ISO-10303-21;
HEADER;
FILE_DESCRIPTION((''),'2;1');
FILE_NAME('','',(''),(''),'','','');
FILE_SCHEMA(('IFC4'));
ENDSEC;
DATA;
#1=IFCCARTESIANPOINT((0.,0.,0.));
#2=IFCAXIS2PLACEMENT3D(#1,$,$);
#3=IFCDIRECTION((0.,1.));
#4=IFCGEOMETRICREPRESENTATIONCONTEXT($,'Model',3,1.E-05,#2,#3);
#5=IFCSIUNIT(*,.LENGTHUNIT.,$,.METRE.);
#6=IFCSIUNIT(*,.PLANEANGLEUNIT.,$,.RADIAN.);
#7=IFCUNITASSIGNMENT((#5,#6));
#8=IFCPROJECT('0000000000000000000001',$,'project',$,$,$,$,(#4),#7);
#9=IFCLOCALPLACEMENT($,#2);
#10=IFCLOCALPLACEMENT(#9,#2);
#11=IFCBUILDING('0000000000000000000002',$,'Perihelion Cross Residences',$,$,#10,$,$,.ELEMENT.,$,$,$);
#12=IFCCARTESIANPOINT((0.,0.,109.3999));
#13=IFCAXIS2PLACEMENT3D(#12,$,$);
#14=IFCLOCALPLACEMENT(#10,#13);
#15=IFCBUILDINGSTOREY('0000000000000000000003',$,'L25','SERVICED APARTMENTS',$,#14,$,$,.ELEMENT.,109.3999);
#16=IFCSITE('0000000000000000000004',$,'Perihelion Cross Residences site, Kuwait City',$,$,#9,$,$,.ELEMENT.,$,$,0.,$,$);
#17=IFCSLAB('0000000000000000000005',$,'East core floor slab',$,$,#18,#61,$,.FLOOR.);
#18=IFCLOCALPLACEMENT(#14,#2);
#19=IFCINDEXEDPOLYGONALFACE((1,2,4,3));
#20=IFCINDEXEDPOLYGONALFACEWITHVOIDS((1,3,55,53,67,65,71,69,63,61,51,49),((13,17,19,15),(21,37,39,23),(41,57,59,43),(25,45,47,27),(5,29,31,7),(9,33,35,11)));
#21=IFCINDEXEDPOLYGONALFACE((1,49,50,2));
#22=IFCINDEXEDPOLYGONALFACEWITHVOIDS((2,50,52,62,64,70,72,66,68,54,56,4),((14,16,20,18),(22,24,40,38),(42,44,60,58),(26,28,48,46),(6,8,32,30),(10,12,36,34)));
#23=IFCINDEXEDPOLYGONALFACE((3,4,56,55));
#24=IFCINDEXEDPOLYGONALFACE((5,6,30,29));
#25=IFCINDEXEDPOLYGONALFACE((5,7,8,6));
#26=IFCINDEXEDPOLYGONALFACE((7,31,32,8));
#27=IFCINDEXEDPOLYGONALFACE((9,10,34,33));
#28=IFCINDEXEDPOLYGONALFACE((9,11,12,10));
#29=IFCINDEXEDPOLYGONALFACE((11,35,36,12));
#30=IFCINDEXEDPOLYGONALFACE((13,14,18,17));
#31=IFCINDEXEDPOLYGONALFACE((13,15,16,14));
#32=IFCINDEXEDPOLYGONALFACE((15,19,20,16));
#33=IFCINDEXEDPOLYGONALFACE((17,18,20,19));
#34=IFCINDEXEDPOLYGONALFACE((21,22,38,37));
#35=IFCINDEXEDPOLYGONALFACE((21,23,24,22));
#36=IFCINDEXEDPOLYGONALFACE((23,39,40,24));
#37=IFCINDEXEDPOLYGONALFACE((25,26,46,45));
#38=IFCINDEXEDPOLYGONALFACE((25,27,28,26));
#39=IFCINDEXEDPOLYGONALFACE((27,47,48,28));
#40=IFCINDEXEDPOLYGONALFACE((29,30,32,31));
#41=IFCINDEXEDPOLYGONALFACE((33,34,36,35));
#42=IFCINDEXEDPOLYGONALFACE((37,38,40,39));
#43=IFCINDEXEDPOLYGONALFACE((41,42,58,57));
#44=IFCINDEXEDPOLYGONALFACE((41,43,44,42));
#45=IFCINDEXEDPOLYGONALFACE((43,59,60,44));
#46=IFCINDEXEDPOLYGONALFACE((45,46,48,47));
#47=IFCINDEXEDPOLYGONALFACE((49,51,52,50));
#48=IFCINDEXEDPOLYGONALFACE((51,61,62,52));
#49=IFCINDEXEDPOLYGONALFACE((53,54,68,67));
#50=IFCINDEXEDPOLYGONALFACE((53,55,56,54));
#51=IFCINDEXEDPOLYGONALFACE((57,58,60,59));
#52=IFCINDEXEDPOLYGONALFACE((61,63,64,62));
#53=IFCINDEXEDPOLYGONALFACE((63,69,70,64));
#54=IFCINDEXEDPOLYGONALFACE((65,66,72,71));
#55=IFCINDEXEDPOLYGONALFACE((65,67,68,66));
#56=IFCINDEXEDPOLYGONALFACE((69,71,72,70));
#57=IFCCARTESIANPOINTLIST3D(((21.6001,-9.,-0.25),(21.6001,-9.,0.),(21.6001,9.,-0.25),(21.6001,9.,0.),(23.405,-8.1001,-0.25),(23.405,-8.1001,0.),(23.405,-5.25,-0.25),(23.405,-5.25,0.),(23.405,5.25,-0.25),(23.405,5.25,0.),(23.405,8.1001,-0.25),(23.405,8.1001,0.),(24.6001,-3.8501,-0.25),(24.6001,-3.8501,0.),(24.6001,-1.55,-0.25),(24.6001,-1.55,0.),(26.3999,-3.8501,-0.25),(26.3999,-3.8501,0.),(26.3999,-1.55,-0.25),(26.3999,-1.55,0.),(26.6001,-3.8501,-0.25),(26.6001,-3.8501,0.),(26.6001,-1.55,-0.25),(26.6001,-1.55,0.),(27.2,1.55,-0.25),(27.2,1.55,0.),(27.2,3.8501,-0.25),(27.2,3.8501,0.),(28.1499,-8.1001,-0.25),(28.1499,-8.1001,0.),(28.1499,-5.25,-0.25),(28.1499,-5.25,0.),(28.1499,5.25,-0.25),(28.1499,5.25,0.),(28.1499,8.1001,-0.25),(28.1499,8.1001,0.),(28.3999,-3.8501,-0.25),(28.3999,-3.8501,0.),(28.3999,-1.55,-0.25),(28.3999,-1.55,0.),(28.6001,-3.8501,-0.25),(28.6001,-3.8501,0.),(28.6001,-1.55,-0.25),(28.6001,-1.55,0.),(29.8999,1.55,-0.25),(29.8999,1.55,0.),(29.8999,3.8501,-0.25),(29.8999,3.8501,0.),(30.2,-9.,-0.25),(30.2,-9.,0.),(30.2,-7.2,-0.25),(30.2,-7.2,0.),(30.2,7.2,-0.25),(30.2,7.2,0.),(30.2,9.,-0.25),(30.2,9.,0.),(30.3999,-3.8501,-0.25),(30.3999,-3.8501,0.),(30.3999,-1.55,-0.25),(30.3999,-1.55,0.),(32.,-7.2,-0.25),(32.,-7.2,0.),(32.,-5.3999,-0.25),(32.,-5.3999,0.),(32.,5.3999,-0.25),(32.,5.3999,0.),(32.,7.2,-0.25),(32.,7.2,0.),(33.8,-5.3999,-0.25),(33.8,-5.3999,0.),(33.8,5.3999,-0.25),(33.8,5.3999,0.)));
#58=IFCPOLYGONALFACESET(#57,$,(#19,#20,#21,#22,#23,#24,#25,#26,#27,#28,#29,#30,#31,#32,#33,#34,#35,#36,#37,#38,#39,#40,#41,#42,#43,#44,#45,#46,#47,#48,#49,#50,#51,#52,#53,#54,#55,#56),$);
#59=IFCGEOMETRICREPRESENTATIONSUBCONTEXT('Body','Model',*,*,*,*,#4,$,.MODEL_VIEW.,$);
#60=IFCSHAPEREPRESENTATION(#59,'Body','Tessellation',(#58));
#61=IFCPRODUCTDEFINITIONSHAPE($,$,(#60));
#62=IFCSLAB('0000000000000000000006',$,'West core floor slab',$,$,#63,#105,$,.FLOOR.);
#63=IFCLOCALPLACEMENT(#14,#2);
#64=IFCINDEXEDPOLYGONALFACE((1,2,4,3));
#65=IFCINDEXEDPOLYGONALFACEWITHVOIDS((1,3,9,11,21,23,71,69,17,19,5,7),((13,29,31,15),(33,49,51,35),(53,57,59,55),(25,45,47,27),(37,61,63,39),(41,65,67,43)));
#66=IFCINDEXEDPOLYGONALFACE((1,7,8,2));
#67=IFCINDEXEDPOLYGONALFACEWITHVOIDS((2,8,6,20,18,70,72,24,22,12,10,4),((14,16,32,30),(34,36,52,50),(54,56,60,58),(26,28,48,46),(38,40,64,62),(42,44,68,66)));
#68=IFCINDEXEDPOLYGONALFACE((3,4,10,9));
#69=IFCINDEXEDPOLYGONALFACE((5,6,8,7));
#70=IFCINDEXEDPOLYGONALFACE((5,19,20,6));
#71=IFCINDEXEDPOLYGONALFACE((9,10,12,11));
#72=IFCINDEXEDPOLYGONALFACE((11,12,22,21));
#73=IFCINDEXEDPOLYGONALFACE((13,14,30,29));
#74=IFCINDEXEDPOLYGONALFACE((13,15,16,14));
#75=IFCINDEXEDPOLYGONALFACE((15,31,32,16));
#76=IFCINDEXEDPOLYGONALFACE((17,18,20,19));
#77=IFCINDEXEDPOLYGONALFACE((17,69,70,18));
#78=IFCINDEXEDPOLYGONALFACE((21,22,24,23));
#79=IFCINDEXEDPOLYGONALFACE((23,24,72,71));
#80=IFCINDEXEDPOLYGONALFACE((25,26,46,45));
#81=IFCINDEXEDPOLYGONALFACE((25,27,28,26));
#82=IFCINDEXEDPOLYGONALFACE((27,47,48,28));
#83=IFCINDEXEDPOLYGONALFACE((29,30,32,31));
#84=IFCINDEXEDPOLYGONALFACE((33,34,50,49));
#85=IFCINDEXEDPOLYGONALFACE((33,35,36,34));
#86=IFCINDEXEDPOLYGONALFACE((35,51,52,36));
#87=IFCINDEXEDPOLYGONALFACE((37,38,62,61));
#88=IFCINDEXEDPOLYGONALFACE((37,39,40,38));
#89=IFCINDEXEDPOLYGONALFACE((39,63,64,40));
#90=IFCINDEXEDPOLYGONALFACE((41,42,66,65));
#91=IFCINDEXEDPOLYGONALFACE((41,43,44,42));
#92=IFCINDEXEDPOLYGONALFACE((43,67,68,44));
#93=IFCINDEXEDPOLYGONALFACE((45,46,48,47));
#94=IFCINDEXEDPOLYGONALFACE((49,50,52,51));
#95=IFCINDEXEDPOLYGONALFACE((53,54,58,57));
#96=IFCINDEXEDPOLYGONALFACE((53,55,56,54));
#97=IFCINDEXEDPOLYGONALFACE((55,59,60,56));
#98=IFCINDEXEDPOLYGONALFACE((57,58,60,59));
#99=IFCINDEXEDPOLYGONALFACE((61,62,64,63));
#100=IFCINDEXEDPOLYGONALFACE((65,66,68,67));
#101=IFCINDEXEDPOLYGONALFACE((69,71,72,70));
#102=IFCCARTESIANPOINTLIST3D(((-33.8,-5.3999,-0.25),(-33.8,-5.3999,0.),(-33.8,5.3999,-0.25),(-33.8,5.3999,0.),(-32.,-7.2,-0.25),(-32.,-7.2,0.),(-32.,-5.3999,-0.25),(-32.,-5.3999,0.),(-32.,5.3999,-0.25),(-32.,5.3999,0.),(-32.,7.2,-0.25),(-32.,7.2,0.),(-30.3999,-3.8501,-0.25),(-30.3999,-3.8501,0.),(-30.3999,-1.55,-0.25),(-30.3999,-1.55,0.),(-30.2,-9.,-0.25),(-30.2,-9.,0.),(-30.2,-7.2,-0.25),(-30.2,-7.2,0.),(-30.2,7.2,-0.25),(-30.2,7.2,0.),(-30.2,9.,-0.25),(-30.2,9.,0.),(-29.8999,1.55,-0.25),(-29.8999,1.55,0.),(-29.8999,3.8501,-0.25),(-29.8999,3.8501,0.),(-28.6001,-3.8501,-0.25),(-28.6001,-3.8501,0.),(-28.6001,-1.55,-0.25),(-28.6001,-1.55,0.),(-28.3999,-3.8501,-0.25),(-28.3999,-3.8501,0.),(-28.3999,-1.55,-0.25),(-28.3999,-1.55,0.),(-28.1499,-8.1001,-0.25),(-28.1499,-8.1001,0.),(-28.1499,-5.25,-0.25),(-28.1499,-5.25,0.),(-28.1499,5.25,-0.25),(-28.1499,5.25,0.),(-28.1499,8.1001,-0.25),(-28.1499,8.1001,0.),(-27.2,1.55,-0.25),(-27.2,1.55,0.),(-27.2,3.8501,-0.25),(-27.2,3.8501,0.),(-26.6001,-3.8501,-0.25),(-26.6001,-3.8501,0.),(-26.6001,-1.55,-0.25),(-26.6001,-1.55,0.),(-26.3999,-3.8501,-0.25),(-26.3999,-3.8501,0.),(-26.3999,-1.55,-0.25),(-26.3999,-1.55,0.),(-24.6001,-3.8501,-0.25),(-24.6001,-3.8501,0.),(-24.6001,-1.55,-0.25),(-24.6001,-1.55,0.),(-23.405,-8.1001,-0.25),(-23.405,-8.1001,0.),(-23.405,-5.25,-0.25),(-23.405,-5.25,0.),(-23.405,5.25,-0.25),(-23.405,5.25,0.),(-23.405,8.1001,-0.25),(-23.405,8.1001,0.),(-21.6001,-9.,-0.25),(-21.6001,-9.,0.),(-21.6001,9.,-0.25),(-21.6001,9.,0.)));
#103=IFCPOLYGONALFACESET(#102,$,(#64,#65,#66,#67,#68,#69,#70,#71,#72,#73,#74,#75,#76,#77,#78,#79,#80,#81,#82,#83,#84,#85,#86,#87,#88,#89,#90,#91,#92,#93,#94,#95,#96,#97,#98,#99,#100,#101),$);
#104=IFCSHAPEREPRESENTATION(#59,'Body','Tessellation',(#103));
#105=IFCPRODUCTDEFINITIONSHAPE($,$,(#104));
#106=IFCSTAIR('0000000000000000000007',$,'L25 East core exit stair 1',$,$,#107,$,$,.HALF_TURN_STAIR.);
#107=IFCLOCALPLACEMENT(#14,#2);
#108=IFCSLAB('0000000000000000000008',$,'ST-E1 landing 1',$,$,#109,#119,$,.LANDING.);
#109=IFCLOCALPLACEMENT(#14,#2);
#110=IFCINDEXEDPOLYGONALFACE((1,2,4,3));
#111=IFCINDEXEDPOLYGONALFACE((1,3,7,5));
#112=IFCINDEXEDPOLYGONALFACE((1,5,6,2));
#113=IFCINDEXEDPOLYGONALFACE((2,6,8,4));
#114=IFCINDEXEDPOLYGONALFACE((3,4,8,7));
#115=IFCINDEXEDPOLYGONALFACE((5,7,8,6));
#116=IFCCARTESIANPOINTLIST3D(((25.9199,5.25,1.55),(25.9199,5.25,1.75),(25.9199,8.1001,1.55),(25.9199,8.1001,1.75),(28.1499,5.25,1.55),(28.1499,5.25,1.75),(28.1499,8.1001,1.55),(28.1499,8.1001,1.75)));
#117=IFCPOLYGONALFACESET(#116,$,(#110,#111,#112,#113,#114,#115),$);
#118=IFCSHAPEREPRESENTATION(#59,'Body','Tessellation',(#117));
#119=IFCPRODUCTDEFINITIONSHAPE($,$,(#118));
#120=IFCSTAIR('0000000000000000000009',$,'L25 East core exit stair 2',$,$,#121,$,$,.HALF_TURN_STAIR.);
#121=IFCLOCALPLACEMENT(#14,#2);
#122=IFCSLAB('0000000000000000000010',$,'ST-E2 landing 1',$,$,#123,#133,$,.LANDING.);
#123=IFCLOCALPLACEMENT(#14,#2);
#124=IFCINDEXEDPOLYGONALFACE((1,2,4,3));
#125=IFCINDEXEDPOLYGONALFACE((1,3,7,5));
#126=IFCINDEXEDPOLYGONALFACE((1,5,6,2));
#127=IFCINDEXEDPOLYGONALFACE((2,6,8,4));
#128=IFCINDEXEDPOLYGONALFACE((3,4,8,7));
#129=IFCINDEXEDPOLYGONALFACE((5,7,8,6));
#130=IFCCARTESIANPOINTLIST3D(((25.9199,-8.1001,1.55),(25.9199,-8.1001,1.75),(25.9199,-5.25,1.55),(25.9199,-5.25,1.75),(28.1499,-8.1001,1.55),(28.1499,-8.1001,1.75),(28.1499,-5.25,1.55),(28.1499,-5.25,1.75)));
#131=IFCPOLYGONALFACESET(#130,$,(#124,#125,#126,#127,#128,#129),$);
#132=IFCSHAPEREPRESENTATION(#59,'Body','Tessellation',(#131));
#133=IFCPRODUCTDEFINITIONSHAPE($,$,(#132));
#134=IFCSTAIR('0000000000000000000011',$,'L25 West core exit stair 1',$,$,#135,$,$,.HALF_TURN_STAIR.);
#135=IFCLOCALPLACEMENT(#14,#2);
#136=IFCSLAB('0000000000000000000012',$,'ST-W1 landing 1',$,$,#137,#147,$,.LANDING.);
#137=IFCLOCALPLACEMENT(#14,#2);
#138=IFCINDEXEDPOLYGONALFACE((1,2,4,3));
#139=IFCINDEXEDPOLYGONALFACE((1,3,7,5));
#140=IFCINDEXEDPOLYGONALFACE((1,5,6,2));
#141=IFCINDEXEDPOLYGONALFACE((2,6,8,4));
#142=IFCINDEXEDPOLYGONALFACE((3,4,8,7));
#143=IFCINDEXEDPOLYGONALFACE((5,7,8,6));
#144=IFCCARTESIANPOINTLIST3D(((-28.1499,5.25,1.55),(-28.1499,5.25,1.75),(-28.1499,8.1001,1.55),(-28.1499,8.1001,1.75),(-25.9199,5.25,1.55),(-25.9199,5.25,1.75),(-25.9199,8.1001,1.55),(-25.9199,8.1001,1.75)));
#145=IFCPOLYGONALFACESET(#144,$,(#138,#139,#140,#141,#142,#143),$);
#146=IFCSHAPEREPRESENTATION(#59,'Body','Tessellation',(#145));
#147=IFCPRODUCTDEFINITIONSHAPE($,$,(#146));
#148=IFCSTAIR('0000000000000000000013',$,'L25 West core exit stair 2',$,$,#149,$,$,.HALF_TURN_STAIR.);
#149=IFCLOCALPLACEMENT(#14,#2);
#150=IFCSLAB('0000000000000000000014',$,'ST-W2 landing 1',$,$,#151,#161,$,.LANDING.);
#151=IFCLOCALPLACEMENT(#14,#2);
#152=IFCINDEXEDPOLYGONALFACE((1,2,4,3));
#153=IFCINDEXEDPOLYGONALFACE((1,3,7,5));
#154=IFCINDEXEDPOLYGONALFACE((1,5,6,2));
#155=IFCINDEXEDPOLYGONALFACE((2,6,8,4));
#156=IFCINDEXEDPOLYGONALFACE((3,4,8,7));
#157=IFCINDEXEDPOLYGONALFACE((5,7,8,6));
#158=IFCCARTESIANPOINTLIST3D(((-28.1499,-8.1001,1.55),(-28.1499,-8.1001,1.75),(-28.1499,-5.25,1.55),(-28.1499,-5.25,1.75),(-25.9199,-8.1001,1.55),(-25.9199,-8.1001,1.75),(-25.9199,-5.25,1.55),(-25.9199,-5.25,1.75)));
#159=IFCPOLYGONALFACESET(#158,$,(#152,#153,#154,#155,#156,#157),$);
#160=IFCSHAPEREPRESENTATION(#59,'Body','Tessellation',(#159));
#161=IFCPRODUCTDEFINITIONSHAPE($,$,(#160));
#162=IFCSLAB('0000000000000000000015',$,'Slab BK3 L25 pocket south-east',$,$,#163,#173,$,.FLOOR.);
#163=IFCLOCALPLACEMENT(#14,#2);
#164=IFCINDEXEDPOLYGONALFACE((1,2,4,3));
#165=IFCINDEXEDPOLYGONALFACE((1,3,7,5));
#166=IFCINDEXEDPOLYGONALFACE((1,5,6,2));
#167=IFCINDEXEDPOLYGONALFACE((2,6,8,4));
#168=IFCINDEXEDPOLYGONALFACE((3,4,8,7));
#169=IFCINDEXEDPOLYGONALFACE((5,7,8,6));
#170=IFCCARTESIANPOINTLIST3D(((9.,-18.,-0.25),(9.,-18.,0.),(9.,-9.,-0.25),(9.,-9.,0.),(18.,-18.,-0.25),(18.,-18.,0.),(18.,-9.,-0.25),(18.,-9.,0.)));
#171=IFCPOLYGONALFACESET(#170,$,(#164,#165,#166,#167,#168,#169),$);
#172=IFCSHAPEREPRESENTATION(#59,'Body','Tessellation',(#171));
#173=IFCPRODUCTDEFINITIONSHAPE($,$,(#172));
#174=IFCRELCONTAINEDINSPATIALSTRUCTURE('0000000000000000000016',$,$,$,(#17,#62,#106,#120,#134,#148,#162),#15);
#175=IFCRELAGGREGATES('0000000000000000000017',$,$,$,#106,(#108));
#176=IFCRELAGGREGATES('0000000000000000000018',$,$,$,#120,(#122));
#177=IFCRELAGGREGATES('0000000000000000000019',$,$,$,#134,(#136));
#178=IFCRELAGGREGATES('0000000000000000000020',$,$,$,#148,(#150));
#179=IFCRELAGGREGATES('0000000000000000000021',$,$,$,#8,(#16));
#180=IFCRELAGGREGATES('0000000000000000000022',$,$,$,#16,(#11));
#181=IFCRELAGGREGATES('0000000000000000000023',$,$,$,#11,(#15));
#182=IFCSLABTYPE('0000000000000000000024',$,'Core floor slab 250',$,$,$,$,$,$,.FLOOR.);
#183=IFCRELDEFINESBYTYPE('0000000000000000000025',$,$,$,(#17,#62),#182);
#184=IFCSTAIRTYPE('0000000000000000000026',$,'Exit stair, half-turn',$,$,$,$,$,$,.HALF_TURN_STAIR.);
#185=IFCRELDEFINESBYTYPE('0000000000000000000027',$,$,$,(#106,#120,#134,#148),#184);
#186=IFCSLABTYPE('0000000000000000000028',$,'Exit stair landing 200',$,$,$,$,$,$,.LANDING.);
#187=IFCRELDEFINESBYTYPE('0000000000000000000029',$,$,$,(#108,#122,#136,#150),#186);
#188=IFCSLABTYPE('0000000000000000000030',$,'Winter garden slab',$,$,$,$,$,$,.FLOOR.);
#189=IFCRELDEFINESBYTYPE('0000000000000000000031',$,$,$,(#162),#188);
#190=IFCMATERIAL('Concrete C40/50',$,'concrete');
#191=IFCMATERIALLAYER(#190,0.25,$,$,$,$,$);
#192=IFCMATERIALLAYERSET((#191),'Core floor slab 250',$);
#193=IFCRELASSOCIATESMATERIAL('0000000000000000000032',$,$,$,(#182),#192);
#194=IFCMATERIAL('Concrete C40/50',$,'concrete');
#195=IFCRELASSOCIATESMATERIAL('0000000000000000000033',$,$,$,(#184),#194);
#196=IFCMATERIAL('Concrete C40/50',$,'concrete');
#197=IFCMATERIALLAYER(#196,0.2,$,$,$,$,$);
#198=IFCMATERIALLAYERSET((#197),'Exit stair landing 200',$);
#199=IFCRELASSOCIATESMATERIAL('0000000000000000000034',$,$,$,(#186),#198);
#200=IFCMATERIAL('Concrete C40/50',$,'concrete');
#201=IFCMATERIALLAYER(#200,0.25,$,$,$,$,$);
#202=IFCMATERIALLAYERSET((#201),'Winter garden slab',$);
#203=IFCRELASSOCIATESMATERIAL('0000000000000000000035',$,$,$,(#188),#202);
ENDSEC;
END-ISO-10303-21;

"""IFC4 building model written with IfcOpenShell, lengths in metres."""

from ifc_helpers import new_model, si_unit, direction, frame, origin, place, context, subcontext, project, spatial, polyline, outline, extrude, material, layer, layer_set, type_object, element, aggregate, save


model = new_model("IFC4")

# Units and contexts
model_context = context("Model", 3, precision=1e-05, world=origin(), true_north=direction((0.0, 1.0)))
body_context = subcontext(model_context, "Body", "Model", "MODEL_VIEW")
ifc_project = project(units=[si_unit("LENGTHUNIT", "METRE"), si_unit("PLANEANGLEUNIT", "RADIAN")], contexts=[model_context])

# Site, building, storey
site_placement = place(None, origin())
site = spatial("IfcSite", under=ifc_project, at=site_placement, Name="Perihelion Cross Residences site, Kuwait City", CompositionType="ELEMENT", RefElevation=0.0)
building_placement = place(site_placement, origin())
building = spatial("IfcBuilding", under=site, at=building_placement, Name="Perihelion Cross Residences", CompositionType="ELEMENT")
storey_placement = place(building_placement, frame((0.0, 0.0, 109.3999)))
storey = spatial("IfcBuildingStorey", under=building, at=storey_placement, Name="L25", Description="SERVICED APARTMENTS", CompositionType="ELEMENT", Elevation=109.3999)

# Slabs
ifc_material_1 = material(Name="Concrete C40/50", Category="concrete")
ifc_layer_1 = layer(ifc_material_1, 0.25)
ifc_layer_set_1 = layer_set([ifc_layer_1], Name="Core floor slab 250")
slab_type_1 = type_object("IfcSlabType", Name="Core floor slab 250", PredefinedType="FLOOR", material=ifc_layer_set_1)
slab_1_placement = place(storey_placement, frame((0.0, 0.0, -0.25)))
element("IfcSlab", 1, at=slab_1_placement, inside=storey, type_object=slab_type_1, Name="East core floor slab", PredefinedType="FLOOR", context=body_context, shape_type="SweptSolid", body=[
    extrude(outline(polyline([(30.2, 7.2), (32.0, 7.2), (32.0, 5.3999), (33.8, 5.3999), (33.8, -5.3999), (32.0, -5.3999), (32.0, -7.2), (30.2, -7.2), (30.2, -9.0), (21.6001, -9.0), (21.6001, 9.0), (30.2, 9.0), (30.2, 7.2)]), holes=[polyline([(28.1499, -8.1001), (28.1499, -5.25), (23.405, -5.25), (23.405, -8.1001), (28.1499, -8.1001)]), polyline([(24.6001, -1.55), (24.6001, -3.8501), (26.3999, -3.8501), (26.3999, -1.55), (24.6001, -1.55)]), polyline([(26.6001, -1.55), (26.6001, -3.8501), (28.3999, -3.8501), (28.3999, -1.55), (26.6001, -1.55)]), polyline([(28.6001, -3.8501), (30.3999, -3.8501), (30.3999, -1.55), (28.6001, -1.55), (28.6001, -3.8501)]), polyline([(27.2, 3.8501), (27.2, 1.55), (29.8999, 1.55), (29.8999, 3.8501), (27.2, 3.8501)]), polyline([(23.405, 5.25), (28.1499, 5.25), (28.1499, 8.1001), (23.405, 8.1001), (23.405, 5.25)])]), origin(), (0.0, 0.0, 1.0), 0.25),
])
slab_2_placement = place(storey_placement, frame((0.0, 0.0, -0.25)))
element("IfcSlab", 2, at=slab_2_placement, inside=storey, type_object=slab_type_1, Name="West core floor slab", PredefinedType="FLOOR", context=body_context, shape_type="SweptSolid", body=[
    extrude(outline(polyline([(-30.2, 7.2), (-32.0, 7.2), (-32.0, 5.3999), (-33.8, 5.3999), (-33.8, -5.3999), (-32.0, -5.3999), (-32.0, -7.2), (-30.2, -7.2), (-30.2, -9.0), (-21.6001, -9.0), (-21.6001, 9.0), (-30.2, 9.0), (-30.2, 7.2)]), holes=[polyline([(-28.1499, -8.1001), (-28.1499, -5.25), (-23.405, -5.25), (-23.405, -8.1001), (-28.1499, -8.1001)]), polyline([(-24.6001, -1.55), (-24.6001, -3.8501), (-26.3999, -3.8501), (-26.3999, -1.55), (-24.6001, -1.55)]), polyline([(-26.6001, -1.55), (-26.6001, -3.8501), (-28.3999, -3.8501), (-28.3999, -1.55), (-26.6001, -1.55)]), polyline([(-28.6001, -3.8501), (-30.3999, -3.8501), (-30.3999, -1.55), (-28.6001, -1.55), (-28.6001, -3.8501)]), polyline([(-27.2, 3.8501), (-27.2, 1.55), (-29.8999, 1.55), (-29.8999, 3.8501), (-27.2, 3.8501)]), polyline([(-23.405, 5.25), (-28.1499, 5.25), (-28.1499, 8.1001), (-23.405, 8.1001), (-23.405, 5.25)])]), origin(), (0.0, 0.0, 1.0), 0.25),
])

# Stairs, slabs
ifc_material_2 = material(Name="Concrete C40/50", Category="concrete")
stair_type = type_object("IfcStairType", Name="Exit stair, half-turn", PredefinedType="HALF_TURN_STAIR", material=ifc_material_2)
stair_1_placement = place(storey_placement, origin())
stair_1 = element("IfcStair", 3, at=stair_1_placement, inside=storey, type_object=stair_type, Name="L25 East core exit stair 1", PredefinedType="HALF_TURN_STAIR")
ifc_material_3 = material(Name="Concrete C40/50", Category="concrete")
ifc_layer_2 = layer(ifc_material_3, 0.2)
ifc_layer_set_2 = layer_set([ifc_layer_2], Name="Exit stair landing 200")
slab_type_2 = type_object("IfcSlabType", Name="Exit stair landing 200", PredefinedType="LANDING", material=ifc_layer_set_2)
slab_3_placement = place(storey_placement, frame((0.0, 0.0, 1.55)))
slab_3 = element("IfcSlab", 4, at=slab_3_placement, type_object=slab_type_2, Name="ST-E1 landing 1", PredefinedType="LANDING", context=body_context, shape_type="SweptSolid", body=[
    extrude(outline(polyline([(25.9199, 5.25), (28.1499, 5.25), (28.1499, 8.1001), (25.9199, 8.1001), (25.9199, 5.25)])), origin(), (0.0, 0.0, 1.0), 0.2),
])
aggregate(stair_1, [slab_3])
stair_2_placement = place(storey_placement, origin())
stair_2 = element("IfcStair", 5, at=stair_2_placement, inside=storey, type_object=stair_type, Name="L25 East core exit stair 2", PredefinedType="HALF_TURN_STAIR")
slab_4_placement = place(storey_placement, frame((0.0, 0.0, 1.55)))
slab_4 = element("IfcSlab", 6, at=slab_4_placement, type_object=slab_type_2, Name="ST-E2 landing 1", PredefinedType="LANDING", context=body_context, shape_type="SweptSolid", body=[
    extrude(outline(polyline([(25.9199, -8.1001), (28.1499, -8.1001), (28.1499, -5.25), (25.9199, -5.25), (25.9199, -8.1001)])), origin(), (0.0, 0.0, 1.0), 0.2),
])
aggregate(stair_2, [slab_4])
stair_3_placement = place(storey_placement, origin())
stair_3 = element("IfcStair", 7, at=stair_3_placement, inside=storey, type_object=stair_type, Name="L25 West core exit stair 1", PredefinedType="HALF_TURN_STAIR")
slab_5_placement = place(storey_placement, frame((0.0, 0.0, 1.55)))
slab_5 = element("IfcSlab", 8, at=slab_5_placement, type_object=slab_type_2, Name="ST-W1 landing 1", PredefinedType="LANDING", context=body_context, shape_type="SweptSolid", body=[
    extrude(outline(polyline([(-25.9199, 8.1001), (-28.1499, 8.1001), (-28.1499, 5.25), (-25.9199, 5.25), (-25.9199, 8.1001)])), origin(), (0.0, 0.0, 1.0), 0.2),
])
aggregate(stair_3, [slab_5])
stair_4_placement = place(storey_placement, origin())
stair_4 = element("IfcStair", 9, at=stair_4_placement, inside=storey, type_object=stair_type, Name="L25 West core exit stair 2", PredefinedType="HALF_TURN_STAIR")
slab_6_placement = place(storey_placement, frame((0.0, 0.0, 1.55)))
slab_6 = element("IfcSlab", 10, at=slab_6_placement, type_object=slab_type_2, Name="ST-W2 landing 1", PredefinedType="LANDING", context=body_context, shape_type="SweptSolid", body=[
    extrude(outline(polyline([(-25.9199, -5.25), (-28.1499, -5.25), (-28.1499, -8.1001), (-25.9199, -8.1001), (-25.9199, -5.25)])), origin(), (0.0, 0.0, 1.0), 0.2),
])
aggregate(stair_4, [slab_6])

# Slab
ifc_material_4 = material(Name="Concrete C40/50", Category="concrete")
ifc_layer_3 = layer(ifc_material_4, 0.25)
ifc_layer_set_3 = layer_set([ifc_layer_3], Name="Winter garden slab")
slab_type_3 = type_object("IfcSlabType", Name="Winter garden slab", PredefinedType="FLOOR", material=ifc_layer_set_3)
slab_7_placement = place(storey_placement, frame((0.0, 0.0, -0.25)))
element("IfcSlab", 11, at=slab_7_placement, inside=storey, type_object=slab_type_3, Name="Slab BK3 L25 pocket south-east", PredefinedType="FLOOR", context=body_context, shape_type="SweptSolid", body=[
    extrude(outline(polyline([(18.0, -18.0), (18.0, -9.0), (9.0, -9.0), (9.0, -18.0), (18.0, -18.0)])), origin(), (0.0, 0.0, 1.0), 0.25),
])

save(model, "model.ifc")
